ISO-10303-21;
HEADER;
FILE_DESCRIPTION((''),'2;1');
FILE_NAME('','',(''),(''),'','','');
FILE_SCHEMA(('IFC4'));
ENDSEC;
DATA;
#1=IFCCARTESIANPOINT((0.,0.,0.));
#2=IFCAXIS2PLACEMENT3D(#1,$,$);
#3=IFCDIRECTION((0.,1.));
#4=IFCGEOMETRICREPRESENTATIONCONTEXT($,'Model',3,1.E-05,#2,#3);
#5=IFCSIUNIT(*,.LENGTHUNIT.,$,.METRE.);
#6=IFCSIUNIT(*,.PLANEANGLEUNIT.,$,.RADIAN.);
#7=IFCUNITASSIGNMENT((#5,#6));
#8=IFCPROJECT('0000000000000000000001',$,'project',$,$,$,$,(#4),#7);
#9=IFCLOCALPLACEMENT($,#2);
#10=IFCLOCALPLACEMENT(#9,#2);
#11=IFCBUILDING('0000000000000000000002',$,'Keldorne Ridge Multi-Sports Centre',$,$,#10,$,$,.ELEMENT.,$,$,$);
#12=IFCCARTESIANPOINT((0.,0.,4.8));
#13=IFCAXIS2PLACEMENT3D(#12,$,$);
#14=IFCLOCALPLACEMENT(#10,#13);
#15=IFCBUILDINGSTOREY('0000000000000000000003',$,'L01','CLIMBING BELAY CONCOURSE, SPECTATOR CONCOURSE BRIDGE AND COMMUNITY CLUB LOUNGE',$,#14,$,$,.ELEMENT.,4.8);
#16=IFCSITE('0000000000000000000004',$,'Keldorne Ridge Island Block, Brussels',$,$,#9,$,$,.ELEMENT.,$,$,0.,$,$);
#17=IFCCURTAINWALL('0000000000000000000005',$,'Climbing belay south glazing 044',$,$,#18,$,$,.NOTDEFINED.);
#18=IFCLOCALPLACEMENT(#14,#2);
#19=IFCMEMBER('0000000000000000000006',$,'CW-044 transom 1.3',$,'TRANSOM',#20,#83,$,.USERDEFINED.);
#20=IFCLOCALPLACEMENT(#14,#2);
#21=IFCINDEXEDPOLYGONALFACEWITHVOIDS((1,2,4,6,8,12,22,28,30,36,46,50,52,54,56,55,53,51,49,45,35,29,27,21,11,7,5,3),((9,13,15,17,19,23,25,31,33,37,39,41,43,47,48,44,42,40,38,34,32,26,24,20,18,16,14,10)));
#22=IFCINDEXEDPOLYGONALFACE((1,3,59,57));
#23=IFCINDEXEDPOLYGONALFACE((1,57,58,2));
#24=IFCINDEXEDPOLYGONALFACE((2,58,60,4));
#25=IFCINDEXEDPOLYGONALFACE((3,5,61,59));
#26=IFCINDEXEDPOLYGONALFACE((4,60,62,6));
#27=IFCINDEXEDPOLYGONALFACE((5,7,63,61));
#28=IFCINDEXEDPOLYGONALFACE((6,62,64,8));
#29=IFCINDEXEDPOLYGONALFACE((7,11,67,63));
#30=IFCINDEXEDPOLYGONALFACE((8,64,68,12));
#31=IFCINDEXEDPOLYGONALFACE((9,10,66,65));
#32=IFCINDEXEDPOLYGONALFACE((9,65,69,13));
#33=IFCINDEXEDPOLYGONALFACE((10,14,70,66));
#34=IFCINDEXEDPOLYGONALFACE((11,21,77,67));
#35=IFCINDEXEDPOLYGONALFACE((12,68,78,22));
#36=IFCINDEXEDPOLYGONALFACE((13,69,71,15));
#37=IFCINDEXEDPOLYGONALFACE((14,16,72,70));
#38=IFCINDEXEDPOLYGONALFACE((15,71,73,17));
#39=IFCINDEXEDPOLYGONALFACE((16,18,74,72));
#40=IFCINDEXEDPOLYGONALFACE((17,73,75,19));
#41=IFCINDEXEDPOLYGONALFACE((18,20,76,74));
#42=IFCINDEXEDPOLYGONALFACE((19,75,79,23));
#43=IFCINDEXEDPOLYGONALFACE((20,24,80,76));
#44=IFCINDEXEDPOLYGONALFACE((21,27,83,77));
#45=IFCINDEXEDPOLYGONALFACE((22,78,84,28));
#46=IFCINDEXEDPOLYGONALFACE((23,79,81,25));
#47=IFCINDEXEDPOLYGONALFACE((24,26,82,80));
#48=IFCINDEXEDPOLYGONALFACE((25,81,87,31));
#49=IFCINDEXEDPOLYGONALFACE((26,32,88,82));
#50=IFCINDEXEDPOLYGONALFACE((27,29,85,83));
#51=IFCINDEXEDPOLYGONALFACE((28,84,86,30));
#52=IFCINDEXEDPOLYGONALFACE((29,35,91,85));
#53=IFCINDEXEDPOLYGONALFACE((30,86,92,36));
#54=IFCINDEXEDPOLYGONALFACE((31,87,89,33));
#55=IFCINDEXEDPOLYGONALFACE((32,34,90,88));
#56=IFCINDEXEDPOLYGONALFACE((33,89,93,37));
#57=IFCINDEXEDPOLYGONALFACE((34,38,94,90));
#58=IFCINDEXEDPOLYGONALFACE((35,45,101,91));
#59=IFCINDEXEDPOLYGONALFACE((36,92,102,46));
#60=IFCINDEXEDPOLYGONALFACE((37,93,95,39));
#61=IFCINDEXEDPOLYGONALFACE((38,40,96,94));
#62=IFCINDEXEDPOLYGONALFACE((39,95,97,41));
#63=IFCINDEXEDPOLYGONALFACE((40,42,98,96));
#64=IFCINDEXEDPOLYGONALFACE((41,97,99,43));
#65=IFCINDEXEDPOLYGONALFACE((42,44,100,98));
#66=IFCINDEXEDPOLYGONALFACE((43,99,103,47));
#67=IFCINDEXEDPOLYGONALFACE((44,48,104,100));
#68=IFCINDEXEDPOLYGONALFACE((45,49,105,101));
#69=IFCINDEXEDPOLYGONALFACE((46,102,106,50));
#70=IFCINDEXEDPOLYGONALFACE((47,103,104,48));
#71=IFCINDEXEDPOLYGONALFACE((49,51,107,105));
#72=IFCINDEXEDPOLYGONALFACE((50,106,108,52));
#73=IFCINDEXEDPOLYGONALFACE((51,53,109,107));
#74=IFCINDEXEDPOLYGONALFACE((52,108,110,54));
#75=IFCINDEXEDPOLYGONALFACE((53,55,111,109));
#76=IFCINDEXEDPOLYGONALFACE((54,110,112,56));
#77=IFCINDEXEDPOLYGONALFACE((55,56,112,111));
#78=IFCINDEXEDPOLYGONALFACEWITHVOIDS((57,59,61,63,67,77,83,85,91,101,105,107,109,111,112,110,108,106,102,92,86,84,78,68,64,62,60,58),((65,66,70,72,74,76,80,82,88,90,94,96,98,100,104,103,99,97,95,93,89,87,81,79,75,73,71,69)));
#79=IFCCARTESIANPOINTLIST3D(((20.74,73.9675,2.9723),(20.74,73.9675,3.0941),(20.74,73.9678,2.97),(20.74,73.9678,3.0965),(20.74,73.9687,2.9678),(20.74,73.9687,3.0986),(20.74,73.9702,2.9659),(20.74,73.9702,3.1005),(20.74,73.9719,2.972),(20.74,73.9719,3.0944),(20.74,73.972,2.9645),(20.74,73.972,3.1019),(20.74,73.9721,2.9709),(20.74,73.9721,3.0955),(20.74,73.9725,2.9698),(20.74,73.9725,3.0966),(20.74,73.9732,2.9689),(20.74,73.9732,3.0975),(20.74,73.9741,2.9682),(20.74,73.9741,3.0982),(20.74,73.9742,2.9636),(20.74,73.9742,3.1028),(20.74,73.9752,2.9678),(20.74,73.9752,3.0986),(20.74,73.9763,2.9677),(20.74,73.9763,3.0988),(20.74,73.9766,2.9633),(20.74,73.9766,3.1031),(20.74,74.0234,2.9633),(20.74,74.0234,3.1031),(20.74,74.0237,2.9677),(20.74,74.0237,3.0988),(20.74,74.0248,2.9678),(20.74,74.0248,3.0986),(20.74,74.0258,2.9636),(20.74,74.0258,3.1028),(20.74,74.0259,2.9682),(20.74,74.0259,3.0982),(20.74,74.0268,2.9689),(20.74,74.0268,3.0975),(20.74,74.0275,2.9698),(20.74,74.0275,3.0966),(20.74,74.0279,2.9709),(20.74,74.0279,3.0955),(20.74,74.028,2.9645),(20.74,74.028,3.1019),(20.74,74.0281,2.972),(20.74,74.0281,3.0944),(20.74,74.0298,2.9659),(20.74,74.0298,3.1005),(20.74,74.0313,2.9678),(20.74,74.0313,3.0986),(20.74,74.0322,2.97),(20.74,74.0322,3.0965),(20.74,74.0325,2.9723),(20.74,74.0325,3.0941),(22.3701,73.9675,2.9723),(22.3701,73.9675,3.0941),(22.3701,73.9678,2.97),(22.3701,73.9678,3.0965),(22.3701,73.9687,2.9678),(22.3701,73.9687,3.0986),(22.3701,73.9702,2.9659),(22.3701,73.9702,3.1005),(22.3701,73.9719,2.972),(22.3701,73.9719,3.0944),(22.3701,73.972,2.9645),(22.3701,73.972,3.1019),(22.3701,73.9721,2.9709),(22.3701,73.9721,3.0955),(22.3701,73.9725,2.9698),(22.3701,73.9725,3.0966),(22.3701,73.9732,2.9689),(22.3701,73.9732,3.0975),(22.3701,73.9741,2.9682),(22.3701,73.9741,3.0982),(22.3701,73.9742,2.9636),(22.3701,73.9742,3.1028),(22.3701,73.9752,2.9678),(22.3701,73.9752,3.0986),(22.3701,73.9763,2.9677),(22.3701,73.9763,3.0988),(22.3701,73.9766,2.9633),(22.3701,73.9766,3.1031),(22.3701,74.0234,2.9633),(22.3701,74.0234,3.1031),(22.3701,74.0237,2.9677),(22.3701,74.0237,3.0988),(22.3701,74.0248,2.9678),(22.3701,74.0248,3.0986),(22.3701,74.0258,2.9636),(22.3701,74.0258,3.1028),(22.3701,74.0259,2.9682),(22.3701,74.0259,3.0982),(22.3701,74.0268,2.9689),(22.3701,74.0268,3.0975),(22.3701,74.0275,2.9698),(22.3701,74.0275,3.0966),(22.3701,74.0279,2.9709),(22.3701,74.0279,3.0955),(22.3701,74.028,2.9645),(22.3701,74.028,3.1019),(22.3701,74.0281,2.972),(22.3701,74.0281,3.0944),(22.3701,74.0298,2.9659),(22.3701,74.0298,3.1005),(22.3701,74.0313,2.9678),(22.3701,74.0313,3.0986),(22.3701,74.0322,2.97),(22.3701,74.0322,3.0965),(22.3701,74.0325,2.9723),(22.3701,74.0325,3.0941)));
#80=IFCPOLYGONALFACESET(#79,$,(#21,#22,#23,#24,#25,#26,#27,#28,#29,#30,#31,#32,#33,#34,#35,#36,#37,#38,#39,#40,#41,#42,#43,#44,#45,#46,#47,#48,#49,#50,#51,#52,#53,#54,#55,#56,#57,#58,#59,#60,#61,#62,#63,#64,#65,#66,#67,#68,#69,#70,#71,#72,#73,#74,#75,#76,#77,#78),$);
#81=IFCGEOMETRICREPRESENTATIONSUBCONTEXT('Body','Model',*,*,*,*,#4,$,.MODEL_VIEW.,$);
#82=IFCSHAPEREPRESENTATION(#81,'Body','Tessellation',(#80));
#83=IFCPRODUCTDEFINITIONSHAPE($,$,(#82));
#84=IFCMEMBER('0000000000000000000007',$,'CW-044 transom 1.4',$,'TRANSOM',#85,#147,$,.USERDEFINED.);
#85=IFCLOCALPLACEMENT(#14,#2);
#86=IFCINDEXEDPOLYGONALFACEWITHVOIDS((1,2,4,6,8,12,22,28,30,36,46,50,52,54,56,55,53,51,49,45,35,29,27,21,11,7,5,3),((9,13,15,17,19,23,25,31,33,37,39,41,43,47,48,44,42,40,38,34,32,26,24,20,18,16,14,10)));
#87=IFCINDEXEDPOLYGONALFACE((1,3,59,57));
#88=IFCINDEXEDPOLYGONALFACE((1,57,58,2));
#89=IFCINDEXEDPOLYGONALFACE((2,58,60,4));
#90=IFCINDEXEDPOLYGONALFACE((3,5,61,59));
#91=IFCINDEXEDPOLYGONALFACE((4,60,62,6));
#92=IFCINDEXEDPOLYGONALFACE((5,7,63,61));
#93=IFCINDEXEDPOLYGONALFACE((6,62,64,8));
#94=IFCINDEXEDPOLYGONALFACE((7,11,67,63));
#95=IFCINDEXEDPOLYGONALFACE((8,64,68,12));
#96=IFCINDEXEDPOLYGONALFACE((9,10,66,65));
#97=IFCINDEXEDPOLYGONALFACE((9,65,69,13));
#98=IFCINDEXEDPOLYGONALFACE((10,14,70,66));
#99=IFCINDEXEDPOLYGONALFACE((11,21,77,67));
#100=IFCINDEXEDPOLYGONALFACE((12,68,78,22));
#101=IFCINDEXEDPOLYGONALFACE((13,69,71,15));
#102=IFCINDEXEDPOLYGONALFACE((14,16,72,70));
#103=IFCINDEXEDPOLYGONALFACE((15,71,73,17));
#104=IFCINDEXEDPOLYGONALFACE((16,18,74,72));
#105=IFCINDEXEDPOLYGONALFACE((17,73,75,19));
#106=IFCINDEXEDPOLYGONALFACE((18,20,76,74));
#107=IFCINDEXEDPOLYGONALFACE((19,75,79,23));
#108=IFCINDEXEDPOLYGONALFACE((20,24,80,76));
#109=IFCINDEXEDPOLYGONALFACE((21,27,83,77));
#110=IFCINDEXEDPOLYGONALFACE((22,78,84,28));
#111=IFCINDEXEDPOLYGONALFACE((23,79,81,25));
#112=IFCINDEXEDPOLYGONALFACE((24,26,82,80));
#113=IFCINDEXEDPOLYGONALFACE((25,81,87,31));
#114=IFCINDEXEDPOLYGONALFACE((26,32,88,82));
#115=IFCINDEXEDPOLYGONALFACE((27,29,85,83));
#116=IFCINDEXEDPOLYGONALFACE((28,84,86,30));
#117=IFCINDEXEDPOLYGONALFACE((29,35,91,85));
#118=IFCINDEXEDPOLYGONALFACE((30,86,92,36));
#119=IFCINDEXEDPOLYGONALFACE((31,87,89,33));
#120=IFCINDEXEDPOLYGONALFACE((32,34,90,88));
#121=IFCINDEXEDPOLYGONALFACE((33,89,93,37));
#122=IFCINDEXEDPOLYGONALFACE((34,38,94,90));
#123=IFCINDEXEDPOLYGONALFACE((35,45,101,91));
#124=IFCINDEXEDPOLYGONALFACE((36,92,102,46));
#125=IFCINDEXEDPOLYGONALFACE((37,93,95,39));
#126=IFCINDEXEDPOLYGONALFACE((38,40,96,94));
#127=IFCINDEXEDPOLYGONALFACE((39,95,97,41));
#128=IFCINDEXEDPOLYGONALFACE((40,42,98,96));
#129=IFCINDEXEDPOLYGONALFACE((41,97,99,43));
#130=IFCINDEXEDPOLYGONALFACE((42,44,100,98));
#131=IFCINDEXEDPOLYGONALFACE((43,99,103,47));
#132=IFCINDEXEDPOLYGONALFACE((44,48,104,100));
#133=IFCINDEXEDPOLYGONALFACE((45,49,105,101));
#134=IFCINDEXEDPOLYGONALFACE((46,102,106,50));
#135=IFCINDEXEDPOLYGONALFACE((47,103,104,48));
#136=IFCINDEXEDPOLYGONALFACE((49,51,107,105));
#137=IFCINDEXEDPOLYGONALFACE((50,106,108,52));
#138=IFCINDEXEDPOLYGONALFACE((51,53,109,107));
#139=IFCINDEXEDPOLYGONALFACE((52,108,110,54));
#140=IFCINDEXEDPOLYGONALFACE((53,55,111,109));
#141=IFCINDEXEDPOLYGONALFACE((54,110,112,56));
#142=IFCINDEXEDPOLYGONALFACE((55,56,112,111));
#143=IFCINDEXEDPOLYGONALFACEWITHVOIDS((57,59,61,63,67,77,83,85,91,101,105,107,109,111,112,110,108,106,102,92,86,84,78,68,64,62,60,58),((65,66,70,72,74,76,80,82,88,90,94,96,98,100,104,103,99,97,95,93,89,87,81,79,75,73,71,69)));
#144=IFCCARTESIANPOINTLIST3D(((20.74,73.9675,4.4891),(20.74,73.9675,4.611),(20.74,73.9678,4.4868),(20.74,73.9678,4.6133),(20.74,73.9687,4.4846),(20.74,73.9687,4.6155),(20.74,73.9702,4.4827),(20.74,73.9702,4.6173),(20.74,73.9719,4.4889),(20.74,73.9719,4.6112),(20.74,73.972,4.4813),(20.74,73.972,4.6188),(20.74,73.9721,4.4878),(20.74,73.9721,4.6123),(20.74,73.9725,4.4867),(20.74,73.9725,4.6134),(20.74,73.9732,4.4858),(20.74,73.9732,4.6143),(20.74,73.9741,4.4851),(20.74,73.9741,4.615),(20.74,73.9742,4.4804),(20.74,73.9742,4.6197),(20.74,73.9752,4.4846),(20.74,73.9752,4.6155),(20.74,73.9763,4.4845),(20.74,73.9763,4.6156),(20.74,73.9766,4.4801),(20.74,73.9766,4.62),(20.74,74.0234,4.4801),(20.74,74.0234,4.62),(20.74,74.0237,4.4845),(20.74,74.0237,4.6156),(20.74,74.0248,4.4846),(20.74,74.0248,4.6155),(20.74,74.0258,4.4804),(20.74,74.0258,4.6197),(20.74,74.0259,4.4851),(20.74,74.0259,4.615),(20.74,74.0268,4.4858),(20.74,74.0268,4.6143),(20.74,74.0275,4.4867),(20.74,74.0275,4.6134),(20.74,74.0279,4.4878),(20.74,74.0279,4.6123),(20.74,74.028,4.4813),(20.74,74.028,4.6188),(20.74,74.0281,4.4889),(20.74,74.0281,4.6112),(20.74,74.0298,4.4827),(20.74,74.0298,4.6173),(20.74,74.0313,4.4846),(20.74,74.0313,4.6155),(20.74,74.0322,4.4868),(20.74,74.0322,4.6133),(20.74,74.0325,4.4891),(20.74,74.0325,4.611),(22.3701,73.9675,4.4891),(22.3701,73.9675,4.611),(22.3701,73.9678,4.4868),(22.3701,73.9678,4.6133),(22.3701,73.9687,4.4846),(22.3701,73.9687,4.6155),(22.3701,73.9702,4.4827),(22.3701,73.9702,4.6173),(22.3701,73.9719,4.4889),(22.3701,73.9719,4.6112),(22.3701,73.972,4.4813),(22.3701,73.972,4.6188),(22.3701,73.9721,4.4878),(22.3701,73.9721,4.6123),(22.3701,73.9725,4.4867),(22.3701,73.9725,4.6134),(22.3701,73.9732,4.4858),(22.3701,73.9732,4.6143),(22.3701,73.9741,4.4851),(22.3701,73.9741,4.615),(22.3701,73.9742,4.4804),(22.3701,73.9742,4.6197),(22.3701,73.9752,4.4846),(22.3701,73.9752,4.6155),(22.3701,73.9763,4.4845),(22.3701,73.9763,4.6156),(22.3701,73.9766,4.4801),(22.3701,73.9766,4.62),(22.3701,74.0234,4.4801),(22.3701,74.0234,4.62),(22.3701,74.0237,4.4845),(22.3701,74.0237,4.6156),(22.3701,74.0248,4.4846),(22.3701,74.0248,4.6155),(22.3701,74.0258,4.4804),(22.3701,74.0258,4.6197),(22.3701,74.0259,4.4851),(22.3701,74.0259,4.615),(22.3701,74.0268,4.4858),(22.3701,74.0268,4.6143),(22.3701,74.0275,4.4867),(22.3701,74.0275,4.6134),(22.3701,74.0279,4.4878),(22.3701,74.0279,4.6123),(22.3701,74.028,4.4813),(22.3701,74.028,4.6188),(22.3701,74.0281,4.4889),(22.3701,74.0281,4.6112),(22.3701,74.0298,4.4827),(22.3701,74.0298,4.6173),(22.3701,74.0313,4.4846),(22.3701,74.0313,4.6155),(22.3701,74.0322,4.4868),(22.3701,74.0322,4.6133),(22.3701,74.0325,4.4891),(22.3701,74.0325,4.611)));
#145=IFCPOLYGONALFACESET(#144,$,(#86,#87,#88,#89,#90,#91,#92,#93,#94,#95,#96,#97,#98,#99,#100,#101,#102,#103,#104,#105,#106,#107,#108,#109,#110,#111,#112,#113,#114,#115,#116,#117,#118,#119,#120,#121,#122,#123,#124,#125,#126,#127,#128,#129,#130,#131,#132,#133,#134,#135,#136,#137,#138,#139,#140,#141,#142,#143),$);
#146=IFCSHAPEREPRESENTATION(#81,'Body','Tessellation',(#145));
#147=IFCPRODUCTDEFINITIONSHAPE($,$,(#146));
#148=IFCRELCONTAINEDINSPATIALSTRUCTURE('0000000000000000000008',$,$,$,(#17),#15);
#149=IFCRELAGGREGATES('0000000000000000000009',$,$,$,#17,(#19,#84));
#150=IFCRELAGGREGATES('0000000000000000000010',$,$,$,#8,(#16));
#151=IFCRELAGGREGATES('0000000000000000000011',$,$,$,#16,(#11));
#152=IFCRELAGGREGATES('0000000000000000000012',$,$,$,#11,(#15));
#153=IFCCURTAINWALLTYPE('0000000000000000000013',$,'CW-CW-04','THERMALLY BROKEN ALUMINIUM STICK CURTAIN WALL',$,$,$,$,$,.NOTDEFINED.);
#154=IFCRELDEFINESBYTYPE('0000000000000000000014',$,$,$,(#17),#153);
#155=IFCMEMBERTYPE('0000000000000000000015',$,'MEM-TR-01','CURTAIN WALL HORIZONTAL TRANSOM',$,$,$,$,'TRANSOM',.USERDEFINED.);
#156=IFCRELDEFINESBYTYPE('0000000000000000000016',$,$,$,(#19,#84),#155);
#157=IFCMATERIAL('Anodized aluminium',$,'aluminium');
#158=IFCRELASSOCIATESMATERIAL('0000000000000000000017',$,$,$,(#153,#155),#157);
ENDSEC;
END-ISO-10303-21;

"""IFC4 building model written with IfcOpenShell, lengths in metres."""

from ifc_helpers import new_model, si_unit, direction, frame, origin, origin_2d, place, context, subcontext, project, spatial, hollow_rectangle, extrude, material, material_profile, profile_set, type_object, element, aggregate, save


model = new_model("IFC4")

# Units and contexts
model_context = context("Model", 3, precision=1e-05, world=origin(), true_north=direction((0.0, 1.0)))
body_context = subcontext(model_context, "Body", "Model", "MODEL_VIEW")
ifc_project = project(units=[si_unit("LENGTHUNIT", "METRE"), si_unit("PLANEANGLEUNIT", "RADIAN")], contexts=[model_context])

# Site, building, storey
site_placement = place(None, origin())
site = spatial("IfcSite", under=ifc_project, at=site_placement, Name="Keldorne Ridge Island Block, Brussels", CompositionType="ELEMENT", RefElevation=0.0)
building_placement = place(site_placement, origin())
building = spatial("IfcBuilding", under=site, at=building_placement, Name="Keldorne Ridge Multi-Sports Centre", CompositionType="ELEMENT")
storey_placement = place(building_placement, frame((0.0, 0.0, 4.8)))
storey = spatial("IfcBuildingStorey", under=building, at=storey_placement, Name="L01", Description="CLIMBING BELAY CONCOURSE, SPECTATOR CONCOURSE BRIDGE AND COMMUNITY CLUB LOUNGE", CompositionType="ELEMENT", Elevation=4.8)

# Curtain wall
ifc_material_1 = material(Name="Anodized aluminium", Category="aluminium")
curtain_wall_type_1 = type_object("IfcCurtainWallType", Name="CW-CW-04", Description="THERMALLY BROKEN ALUMINIUM STICK CURTAIN WALL", PredefinedType="NOTDEFINED", material=ifc_material_1)
curtain_wall_1_placement = place(storey_placement, origin())
curtain_wall_1 = element("IfcCurtainWall", 1, at=curtain_wall_1_placement, inside=storey, type_object=curtain_wall_type_1, Name="Climbing belay south glazing 044", PredefinedType="NOTDEFINED")

# Members
ifc_material_profile_1 = material_profile(ifc_material_1, hollow_rectangle(XDim=0.0649, YDim=0.1399, WallThickness=0.0044, InnerFilletRadius=0.0044, OuterFilletRadius=0.009, at=origin_2d()), Name="ALU TRANSOM 140x65x4.5")
ifc_profile_set_1 = profile_set([ifc_material_profile_1], Name="Anodized aluminium")
member_type_1 = type_object("IfcMemberType", Name="MEM-TR-01", Description="CURTAIN WALL HORIZONTAL TRANSOM", ElementType="TRANSOM", PredefinedType="USERDEFINED", material=ifc_profile_set_1)
member_1_placement = place(storey_placement, frame((20.74, 74.0, 3.0332), z_axis=(1.0, 0.0, 0.0), x_axis=(0.0, 1.0, 0.0)))
member_1 = element("IfcMember", 2, at=member_1_placement, type_object=member_type_1, Name="CW-044 transom 1.3", ObjectType="TRANSOM", PredefinedType="USERDEFINED", context=body_context, shape_type="SweptSolid", body=[
    extrude(hollow_rectangle(XDim=0.0649, YDim=0.1399, WallThickness=0.0044, InnerFilletRadius=0.0044, OuterFilletRadius=0.009, at=origin_2d()), origin(), (0.0, 0.0, 1.0), 1.6301),
])
member_2_placement = place(storey_placement, frame((20.74, 74.0, 4.55), z_axis=(1.0, 0.0, 0.0), x_axis=(0.0, 1.0, 0.0)))
member_2 = element("IfcMember", 3, at=member_2_placement, type_object=member_type_1, Name="CW-044 transom 1.4", ObjectType="TRANSOM", PredefinedType="USERDEFINED", context=body_context, shape_type="SweptSolid", body=[
    extrude(hollow_rectangle(XDim=0.0649, YDim=0.1399, WallThickness=0.0044, InnerFilletRadius=0.0044, OuterFilletRadius=0.009, at=origin_2d()), origin(), (0.0, 0.0, 1.0), 1.6301),
])

aggregate(curtain_wall_1, [member_1, member_2])

save(model, "model.ifc")
